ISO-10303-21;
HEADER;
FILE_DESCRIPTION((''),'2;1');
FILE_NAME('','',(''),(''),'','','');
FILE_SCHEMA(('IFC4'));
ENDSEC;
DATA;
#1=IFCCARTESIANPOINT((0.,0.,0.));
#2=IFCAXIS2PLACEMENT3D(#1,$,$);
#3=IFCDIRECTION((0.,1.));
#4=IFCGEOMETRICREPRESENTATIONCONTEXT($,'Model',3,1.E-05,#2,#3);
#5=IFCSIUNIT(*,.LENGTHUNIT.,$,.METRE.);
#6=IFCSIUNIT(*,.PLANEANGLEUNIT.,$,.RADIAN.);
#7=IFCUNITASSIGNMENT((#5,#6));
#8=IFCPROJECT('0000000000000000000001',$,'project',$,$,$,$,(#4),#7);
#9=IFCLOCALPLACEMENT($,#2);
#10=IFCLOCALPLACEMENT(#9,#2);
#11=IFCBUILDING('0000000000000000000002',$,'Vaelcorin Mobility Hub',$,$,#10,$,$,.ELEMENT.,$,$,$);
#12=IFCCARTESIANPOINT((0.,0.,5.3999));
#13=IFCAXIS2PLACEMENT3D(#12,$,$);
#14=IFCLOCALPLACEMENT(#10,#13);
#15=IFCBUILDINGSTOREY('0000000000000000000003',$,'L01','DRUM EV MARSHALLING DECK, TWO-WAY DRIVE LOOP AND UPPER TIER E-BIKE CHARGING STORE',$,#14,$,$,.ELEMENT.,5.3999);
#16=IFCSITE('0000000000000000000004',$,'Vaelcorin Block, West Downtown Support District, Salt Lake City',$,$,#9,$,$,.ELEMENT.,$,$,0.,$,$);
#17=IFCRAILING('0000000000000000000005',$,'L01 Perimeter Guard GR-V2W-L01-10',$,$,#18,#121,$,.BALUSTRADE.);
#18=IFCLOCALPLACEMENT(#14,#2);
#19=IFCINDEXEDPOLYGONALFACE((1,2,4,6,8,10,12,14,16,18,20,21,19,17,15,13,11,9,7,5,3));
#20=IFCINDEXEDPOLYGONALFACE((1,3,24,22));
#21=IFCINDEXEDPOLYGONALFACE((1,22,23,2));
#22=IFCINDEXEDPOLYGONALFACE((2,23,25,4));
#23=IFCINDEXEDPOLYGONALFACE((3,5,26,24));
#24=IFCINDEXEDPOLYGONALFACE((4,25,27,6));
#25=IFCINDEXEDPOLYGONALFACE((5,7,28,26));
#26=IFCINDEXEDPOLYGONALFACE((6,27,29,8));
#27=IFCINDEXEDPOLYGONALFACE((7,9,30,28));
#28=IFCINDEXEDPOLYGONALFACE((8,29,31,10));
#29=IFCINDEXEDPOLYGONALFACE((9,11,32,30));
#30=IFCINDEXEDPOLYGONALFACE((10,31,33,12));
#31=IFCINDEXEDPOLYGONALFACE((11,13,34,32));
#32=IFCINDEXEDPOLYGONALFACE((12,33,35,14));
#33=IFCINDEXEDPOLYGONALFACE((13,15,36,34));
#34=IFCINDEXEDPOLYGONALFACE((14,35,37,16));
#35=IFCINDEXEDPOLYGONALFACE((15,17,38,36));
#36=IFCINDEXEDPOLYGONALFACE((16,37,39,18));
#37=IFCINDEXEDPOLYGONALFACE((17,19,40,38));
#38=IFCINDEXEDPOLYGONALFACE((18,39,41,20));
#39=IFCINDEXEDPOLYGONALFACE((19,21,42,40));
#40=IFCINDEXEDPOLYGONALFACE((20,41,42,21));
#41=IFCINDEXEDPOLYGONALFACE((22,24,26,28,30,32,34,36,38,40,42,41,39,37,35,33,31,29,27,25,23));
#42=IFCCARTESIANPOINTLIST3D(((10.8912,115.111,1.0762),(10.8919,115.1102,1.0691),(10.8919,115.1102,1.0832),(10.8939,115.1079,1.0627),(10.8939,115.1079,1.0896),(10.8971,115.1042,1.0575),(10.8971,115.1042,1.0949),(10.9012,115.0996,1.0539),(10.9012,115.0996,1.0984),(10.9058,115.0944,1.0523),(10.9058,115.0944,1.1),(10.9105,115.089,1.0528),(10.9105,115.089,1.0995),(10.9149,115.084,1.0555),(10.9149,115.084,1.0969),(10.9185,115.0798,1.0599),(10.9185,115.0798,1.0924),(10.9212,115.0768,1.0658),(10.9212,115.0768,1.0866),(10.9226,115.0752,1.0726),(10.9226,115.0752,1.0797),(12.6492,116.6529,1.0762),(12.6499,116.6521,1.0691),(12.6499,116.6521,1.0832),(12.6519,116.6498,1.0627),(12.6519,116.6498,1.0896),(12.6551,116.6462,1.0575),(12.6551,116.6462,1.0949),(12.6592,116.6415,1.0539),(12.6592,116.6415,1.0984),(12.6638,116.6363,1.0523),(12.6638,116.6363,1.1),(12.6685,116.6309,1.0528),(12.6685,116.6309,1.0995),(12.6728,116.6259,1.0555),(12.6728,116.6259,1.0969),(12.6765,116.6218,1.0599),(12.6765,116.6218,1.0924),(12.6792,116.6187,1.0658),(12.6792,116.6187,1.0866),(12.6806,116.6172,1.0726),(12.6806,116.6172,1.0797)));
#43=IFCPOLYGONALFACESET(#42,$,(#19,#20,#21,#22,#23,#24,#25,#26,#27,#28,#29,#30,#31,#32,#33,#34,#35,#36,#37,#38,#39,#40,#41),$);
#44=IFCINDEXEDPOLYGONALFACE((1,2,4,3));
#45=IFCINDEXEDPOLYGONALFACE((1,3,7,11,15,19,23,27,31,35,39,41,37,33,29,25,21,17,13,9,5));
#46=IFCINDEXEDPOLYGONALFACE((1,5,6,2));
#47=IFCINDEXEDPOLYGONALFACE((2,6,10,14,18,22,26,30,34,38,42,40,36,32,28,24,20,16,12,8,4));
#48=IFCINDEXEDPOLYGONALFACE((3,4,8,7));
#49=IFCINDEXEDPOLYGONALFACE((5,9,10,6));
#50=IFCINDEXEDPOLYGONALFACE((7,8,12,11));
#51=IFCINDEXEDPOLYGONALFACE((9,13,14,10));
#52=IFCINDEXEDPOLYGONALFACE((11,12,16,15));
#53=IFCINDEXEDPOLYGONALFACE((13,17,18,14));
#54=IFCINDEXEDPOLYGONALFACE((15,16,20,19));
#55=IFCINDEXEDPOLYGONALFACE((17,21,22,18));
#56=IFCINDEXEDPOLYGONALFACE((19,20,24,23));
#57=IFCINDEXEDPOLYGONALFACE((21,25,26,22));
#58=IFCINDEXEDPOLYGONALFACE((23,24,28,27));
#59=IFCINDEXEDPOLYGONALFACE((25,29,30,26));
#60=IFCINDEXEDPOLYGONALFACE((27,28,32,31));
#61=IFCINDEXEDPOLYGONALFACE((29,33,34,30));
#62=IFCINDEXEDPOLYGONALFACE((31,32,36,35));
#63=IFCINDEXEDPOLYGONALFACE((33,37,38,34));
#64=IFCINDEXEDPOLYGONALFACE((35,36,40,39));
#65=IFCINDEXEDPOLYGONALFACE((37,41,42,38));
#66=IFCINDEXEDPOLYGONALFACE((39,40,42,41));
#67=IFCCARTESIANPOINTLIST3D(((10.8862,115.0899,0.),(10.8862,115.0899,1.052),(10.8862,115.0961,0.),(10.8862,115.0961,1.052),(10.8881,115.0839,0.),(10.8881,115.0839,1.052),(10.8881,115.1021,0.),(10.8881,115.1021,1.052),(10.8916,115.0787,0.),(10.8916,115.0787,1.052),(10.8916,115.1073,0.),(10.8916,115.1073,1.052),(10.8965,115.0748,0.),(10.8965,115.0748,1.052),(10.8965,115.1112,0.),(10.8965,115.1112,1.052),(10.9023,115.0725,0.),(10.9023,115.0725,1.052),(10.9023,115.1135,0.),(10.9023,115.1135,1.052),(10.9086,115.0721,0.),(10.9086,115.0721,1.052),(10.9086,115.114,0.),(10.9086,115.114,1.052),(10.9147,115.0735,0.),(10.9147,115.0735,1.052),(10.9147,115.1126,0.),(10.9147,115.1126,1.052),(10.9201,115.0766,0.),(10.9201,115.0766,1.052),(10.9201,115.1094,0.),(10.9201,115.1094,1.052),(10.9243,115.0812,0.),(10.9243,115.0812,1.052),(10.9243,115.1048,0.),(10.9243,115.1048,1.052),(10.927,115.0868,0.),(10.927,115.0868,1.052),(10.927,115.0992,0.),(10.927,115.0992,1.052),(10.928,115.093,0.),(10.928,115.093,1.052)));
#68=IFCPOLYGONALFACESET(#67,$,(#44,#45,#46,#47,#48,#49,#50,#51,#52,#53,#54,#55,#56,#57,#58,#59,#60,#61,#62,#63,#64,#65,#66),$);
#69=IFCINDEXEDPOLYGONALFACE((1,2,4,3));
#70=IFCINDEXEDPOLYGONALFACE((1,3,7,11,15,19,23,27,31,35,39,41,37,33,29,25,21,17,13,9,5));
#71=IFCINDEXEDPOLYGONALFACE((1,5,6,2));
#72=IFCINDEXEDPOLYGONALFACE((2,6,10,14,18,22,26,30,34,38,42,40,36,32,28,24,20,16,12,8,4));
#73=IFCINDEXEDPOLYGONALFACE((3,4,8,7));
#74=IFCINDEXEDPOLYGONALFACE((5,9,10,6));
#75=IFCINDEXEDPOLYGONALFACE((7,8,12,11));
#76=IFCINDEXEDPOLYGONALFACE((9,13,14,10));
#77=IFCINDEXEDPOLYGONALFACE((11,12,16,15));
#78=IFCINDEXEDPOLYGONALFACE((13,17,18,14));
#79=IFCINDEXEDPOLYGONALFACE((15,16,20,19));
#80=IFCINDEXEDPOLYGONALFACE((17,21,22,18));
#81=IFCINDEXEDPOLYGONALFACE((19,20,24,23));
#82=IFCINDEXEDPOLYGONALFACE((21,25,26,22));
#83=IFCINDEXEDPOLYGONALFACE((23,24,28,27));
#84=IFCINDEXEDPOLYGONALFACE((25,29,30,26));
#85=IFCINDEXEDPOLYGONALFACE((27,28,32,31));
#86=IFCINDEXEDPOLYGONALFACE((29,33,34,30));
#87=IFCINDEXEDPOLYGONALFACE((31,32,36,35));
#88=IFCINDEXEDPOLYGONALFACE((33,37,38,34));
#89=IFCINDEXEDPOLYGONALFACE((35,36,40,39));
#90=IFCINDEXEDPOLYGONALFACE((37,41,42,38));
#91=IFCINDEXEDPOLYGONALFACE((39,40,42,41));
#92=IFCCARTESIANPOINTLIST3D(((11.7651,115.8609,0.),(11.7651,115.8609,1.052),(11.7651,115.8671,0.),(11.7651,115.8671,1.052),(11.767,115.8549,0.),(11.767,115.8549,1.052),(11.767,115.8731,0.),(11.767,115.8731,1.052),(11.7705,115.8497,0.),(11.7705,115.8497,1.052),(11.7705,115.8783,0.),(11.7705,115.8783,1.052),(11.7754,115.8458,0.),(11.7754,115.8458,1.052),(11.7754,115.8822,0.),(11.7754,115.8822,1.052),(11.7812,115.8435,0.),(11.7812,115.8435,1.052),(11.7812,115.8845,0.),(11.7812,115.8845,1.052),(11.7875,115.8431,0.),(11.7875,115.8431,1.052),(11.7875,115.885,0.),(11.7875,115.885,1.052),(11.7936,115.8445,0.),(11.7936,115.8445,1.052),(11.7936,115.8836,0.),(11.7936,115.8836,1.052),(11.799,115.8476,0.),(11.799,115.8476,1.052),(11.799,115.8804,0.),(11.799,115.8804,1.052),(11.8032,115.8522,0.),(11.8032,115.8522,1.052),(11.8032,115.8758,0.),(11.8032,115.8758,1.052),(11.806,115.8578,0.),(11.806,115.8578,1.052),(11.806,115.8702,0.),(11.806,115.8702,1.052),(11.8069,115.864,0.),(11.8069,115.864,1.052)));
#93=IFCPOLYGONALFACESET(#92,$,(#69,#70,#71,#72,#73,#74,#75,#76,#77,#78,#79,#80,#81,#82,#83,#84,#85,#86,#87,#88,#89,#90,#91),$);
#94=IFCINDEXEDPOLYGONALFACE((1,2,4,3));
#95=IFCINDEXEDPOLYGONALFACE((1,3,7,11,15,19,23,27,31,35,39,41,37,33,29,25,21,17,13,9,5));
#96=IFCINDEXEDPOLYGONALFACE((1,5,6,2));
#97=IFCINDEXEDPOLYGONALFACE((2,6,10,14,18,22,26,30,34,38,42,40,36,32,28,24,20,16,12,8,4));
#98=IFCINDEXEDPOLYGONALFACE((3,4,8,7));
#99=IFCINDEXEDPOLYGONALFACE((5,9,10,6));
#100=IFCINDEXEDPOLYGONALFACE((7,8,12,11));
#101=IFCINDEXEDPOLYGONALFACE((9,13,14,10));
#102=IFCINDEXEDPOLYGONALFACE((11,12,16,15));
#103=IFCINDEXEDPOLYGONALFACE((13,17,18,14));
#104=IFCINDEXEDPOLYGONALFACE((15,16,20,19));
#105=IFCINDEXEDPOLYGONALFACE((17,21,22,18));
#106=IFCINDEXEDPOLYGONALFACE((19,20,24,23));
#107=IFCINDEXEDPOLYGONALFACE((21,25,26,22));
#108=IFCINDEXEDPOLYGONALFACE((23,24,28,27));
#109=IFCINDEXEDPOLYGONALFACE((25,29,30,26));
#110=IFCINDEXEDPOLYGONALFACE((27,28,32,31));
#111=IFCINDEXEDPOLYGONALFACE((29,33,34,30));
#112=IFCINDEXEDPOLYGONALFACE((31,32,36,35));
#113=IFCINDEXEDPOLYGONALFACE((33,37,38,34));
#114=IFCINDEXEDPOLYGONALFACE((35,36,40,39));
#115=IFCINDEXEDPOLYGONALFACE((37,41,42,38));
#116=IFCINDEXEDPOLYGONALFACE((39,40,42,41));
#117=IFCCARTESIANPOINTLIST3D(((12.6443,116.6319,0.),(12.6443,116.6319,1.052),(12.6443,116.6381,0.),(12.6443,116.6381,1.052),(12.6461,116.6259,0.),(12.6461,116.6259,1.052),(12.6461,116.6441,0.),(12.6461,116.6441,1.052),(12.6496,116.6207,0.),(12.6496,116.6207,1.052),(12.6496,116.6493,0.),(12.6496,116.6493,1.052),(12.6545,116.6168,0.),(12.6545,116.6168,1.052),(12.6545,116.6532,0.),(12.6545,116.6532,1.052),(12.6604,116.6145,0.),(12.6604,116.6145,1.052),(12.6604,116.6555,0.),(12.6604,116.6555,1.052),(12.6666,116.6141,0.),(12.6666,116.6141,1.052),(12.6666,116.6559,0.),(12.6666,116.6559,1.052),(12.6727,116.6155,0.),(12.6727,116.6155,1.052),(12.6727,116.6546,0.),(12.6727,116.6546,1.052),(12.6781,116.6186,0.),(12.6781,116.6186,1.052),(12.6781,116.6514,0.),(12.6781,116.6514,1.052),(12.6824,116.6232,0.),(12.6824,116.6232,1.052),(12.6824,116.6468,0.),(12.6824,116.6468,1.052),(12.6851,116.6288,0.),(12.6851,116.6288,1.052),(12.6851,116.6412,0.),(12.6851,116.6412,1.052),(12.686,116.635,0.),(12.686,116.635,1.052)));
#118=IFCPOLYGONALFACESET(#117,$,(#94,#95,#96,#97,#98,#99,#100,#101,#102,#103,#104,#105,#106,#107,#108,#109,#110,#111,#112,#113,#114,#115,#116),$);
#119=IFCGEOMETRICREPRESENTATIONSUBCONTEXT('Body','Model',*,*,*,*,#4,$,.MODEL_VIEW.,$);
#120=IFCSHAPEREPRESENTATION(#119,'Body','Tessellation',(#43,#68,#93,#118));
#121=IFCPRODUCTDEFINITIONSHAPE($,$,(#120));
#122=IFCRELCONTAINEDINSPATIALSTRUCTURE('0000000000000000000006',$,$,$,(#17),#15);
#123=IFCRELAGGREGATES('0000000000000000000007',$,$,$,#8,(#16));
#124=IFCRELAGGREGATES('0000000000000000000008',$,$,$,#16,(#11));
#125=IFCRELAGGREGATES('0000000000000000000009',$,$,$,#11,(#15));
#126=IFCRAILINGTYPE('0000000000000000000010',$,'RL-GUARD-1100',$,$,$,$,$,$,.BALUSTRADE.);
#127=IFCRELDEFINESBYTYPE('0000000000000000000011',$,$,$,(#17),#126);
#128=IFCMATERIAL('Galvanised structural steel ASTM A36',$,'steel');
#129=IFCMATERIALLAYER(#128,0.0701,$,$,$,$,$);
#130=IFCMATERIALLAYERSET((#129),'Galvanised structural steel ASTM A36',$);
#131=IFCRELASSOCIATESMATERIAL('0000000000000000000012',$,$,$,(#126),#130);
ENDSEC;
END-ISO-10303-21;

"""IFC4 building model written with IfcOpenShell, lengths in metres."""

from ifc_helpers import new_model, si_unit, direction, frame, origin, origin_2d, place, context, subcontext, project, spatial, circle, extrude, material, layer, layer_set, type_object, element, save


model = new_model("IFC4")

# Units and contexts
model_context = context("Model", 3, precision=1e-05, world=origin(), true_north=direction((0.0, 1.0)))
body_context = subcontext(model_context, "Body", "Model", "MODEL_VIEW")
ifc_project = project(units=[si_unit("LENGTHUNIT", "METRE"), si_unit("PLANEANGLEUNIT", "RADIAN")], contexts=[model_context])

# Site, building, storey
site_placement = place(None, origin())
site = spatial("IfcSite", under=ifc_project, at=site_placement, Name="Vaelcorin Block, West Downtown Support District, Salt Lake City", CompositionType="ELEMENT", RefElevation=0.0)
building_placement = place(site_placement, origin())
building = spatial("IfcBuilding", under=site, at=building_placement, Name="Vaelcorin Mobility Hub", CompositionType="ELEMENT")
storey_placement = place(building_placement, frame((0.0, 0.0, 5.3999)))
storey = spatial("IfcBuildingStorey", under=building, at=storey_placement, Name="L01", Description="DRUM EV MARSHALLING DECK, TWO-WAY DRIVE LOOP AND UPPER TIER E-BIKE CHARGING STORE", CompositionType="ELEMENT", Elevation=5.3999)

# Railing
ifc_material_1 = material(Name="Galvanised structural steel ASTM A36", Category="steel")
ifc_layer_1 = layer(ifc_material_1, 0.0701)
ifc_layer_set_1 = layer_set([ifc_layer_1], Name="Galvanised structural steel ASTM A36")
railing_type = type_object("IfcRailingType", Name="RL-GUARD-1100", PredefinedType="BALUSTRADE", material=ifc_layer_set_1)
railing_1_placement = place(storey_placement, frame((10.907, 115.093, 0.0)))
element("IfcRailing", 1, at=railing_1_placement, inside=storey, type_object=railing_type, Name="L01 Perimeter Guard GR-V2W-L01-10", PredefinedType="BALUSTRADE", context=body_context, shape_type="SweptSolid", body=[
    extrude(circle(Radius=0.0239, at=origin_2d()), frame((0.0, 0.0, 1.0762), z_axis=(0.751794, 0.659398, 0.0), x_axis=(-0.659398, 0.751794, 0.0)), (0.0, 0.0, 1.0), 2.3384),
    extrude(circle(Radius=0.021, at=origin_2d()), origin(), (0.0, 0.0, 1.0), 1.052),
    extrude(circle(Radius=0.021, at=origin_2d()), frame((0.8789, 0.771, 0.0)), (0.0, 0.0, 1.0), 1.052),
    extrude(circle(Radius=0.021, at=origin_2d()), frame((1.7581, 1.542, 0.0)), (0.0, 0.0, 1.0), 1.052),
])

save(model, "model.ifc")
